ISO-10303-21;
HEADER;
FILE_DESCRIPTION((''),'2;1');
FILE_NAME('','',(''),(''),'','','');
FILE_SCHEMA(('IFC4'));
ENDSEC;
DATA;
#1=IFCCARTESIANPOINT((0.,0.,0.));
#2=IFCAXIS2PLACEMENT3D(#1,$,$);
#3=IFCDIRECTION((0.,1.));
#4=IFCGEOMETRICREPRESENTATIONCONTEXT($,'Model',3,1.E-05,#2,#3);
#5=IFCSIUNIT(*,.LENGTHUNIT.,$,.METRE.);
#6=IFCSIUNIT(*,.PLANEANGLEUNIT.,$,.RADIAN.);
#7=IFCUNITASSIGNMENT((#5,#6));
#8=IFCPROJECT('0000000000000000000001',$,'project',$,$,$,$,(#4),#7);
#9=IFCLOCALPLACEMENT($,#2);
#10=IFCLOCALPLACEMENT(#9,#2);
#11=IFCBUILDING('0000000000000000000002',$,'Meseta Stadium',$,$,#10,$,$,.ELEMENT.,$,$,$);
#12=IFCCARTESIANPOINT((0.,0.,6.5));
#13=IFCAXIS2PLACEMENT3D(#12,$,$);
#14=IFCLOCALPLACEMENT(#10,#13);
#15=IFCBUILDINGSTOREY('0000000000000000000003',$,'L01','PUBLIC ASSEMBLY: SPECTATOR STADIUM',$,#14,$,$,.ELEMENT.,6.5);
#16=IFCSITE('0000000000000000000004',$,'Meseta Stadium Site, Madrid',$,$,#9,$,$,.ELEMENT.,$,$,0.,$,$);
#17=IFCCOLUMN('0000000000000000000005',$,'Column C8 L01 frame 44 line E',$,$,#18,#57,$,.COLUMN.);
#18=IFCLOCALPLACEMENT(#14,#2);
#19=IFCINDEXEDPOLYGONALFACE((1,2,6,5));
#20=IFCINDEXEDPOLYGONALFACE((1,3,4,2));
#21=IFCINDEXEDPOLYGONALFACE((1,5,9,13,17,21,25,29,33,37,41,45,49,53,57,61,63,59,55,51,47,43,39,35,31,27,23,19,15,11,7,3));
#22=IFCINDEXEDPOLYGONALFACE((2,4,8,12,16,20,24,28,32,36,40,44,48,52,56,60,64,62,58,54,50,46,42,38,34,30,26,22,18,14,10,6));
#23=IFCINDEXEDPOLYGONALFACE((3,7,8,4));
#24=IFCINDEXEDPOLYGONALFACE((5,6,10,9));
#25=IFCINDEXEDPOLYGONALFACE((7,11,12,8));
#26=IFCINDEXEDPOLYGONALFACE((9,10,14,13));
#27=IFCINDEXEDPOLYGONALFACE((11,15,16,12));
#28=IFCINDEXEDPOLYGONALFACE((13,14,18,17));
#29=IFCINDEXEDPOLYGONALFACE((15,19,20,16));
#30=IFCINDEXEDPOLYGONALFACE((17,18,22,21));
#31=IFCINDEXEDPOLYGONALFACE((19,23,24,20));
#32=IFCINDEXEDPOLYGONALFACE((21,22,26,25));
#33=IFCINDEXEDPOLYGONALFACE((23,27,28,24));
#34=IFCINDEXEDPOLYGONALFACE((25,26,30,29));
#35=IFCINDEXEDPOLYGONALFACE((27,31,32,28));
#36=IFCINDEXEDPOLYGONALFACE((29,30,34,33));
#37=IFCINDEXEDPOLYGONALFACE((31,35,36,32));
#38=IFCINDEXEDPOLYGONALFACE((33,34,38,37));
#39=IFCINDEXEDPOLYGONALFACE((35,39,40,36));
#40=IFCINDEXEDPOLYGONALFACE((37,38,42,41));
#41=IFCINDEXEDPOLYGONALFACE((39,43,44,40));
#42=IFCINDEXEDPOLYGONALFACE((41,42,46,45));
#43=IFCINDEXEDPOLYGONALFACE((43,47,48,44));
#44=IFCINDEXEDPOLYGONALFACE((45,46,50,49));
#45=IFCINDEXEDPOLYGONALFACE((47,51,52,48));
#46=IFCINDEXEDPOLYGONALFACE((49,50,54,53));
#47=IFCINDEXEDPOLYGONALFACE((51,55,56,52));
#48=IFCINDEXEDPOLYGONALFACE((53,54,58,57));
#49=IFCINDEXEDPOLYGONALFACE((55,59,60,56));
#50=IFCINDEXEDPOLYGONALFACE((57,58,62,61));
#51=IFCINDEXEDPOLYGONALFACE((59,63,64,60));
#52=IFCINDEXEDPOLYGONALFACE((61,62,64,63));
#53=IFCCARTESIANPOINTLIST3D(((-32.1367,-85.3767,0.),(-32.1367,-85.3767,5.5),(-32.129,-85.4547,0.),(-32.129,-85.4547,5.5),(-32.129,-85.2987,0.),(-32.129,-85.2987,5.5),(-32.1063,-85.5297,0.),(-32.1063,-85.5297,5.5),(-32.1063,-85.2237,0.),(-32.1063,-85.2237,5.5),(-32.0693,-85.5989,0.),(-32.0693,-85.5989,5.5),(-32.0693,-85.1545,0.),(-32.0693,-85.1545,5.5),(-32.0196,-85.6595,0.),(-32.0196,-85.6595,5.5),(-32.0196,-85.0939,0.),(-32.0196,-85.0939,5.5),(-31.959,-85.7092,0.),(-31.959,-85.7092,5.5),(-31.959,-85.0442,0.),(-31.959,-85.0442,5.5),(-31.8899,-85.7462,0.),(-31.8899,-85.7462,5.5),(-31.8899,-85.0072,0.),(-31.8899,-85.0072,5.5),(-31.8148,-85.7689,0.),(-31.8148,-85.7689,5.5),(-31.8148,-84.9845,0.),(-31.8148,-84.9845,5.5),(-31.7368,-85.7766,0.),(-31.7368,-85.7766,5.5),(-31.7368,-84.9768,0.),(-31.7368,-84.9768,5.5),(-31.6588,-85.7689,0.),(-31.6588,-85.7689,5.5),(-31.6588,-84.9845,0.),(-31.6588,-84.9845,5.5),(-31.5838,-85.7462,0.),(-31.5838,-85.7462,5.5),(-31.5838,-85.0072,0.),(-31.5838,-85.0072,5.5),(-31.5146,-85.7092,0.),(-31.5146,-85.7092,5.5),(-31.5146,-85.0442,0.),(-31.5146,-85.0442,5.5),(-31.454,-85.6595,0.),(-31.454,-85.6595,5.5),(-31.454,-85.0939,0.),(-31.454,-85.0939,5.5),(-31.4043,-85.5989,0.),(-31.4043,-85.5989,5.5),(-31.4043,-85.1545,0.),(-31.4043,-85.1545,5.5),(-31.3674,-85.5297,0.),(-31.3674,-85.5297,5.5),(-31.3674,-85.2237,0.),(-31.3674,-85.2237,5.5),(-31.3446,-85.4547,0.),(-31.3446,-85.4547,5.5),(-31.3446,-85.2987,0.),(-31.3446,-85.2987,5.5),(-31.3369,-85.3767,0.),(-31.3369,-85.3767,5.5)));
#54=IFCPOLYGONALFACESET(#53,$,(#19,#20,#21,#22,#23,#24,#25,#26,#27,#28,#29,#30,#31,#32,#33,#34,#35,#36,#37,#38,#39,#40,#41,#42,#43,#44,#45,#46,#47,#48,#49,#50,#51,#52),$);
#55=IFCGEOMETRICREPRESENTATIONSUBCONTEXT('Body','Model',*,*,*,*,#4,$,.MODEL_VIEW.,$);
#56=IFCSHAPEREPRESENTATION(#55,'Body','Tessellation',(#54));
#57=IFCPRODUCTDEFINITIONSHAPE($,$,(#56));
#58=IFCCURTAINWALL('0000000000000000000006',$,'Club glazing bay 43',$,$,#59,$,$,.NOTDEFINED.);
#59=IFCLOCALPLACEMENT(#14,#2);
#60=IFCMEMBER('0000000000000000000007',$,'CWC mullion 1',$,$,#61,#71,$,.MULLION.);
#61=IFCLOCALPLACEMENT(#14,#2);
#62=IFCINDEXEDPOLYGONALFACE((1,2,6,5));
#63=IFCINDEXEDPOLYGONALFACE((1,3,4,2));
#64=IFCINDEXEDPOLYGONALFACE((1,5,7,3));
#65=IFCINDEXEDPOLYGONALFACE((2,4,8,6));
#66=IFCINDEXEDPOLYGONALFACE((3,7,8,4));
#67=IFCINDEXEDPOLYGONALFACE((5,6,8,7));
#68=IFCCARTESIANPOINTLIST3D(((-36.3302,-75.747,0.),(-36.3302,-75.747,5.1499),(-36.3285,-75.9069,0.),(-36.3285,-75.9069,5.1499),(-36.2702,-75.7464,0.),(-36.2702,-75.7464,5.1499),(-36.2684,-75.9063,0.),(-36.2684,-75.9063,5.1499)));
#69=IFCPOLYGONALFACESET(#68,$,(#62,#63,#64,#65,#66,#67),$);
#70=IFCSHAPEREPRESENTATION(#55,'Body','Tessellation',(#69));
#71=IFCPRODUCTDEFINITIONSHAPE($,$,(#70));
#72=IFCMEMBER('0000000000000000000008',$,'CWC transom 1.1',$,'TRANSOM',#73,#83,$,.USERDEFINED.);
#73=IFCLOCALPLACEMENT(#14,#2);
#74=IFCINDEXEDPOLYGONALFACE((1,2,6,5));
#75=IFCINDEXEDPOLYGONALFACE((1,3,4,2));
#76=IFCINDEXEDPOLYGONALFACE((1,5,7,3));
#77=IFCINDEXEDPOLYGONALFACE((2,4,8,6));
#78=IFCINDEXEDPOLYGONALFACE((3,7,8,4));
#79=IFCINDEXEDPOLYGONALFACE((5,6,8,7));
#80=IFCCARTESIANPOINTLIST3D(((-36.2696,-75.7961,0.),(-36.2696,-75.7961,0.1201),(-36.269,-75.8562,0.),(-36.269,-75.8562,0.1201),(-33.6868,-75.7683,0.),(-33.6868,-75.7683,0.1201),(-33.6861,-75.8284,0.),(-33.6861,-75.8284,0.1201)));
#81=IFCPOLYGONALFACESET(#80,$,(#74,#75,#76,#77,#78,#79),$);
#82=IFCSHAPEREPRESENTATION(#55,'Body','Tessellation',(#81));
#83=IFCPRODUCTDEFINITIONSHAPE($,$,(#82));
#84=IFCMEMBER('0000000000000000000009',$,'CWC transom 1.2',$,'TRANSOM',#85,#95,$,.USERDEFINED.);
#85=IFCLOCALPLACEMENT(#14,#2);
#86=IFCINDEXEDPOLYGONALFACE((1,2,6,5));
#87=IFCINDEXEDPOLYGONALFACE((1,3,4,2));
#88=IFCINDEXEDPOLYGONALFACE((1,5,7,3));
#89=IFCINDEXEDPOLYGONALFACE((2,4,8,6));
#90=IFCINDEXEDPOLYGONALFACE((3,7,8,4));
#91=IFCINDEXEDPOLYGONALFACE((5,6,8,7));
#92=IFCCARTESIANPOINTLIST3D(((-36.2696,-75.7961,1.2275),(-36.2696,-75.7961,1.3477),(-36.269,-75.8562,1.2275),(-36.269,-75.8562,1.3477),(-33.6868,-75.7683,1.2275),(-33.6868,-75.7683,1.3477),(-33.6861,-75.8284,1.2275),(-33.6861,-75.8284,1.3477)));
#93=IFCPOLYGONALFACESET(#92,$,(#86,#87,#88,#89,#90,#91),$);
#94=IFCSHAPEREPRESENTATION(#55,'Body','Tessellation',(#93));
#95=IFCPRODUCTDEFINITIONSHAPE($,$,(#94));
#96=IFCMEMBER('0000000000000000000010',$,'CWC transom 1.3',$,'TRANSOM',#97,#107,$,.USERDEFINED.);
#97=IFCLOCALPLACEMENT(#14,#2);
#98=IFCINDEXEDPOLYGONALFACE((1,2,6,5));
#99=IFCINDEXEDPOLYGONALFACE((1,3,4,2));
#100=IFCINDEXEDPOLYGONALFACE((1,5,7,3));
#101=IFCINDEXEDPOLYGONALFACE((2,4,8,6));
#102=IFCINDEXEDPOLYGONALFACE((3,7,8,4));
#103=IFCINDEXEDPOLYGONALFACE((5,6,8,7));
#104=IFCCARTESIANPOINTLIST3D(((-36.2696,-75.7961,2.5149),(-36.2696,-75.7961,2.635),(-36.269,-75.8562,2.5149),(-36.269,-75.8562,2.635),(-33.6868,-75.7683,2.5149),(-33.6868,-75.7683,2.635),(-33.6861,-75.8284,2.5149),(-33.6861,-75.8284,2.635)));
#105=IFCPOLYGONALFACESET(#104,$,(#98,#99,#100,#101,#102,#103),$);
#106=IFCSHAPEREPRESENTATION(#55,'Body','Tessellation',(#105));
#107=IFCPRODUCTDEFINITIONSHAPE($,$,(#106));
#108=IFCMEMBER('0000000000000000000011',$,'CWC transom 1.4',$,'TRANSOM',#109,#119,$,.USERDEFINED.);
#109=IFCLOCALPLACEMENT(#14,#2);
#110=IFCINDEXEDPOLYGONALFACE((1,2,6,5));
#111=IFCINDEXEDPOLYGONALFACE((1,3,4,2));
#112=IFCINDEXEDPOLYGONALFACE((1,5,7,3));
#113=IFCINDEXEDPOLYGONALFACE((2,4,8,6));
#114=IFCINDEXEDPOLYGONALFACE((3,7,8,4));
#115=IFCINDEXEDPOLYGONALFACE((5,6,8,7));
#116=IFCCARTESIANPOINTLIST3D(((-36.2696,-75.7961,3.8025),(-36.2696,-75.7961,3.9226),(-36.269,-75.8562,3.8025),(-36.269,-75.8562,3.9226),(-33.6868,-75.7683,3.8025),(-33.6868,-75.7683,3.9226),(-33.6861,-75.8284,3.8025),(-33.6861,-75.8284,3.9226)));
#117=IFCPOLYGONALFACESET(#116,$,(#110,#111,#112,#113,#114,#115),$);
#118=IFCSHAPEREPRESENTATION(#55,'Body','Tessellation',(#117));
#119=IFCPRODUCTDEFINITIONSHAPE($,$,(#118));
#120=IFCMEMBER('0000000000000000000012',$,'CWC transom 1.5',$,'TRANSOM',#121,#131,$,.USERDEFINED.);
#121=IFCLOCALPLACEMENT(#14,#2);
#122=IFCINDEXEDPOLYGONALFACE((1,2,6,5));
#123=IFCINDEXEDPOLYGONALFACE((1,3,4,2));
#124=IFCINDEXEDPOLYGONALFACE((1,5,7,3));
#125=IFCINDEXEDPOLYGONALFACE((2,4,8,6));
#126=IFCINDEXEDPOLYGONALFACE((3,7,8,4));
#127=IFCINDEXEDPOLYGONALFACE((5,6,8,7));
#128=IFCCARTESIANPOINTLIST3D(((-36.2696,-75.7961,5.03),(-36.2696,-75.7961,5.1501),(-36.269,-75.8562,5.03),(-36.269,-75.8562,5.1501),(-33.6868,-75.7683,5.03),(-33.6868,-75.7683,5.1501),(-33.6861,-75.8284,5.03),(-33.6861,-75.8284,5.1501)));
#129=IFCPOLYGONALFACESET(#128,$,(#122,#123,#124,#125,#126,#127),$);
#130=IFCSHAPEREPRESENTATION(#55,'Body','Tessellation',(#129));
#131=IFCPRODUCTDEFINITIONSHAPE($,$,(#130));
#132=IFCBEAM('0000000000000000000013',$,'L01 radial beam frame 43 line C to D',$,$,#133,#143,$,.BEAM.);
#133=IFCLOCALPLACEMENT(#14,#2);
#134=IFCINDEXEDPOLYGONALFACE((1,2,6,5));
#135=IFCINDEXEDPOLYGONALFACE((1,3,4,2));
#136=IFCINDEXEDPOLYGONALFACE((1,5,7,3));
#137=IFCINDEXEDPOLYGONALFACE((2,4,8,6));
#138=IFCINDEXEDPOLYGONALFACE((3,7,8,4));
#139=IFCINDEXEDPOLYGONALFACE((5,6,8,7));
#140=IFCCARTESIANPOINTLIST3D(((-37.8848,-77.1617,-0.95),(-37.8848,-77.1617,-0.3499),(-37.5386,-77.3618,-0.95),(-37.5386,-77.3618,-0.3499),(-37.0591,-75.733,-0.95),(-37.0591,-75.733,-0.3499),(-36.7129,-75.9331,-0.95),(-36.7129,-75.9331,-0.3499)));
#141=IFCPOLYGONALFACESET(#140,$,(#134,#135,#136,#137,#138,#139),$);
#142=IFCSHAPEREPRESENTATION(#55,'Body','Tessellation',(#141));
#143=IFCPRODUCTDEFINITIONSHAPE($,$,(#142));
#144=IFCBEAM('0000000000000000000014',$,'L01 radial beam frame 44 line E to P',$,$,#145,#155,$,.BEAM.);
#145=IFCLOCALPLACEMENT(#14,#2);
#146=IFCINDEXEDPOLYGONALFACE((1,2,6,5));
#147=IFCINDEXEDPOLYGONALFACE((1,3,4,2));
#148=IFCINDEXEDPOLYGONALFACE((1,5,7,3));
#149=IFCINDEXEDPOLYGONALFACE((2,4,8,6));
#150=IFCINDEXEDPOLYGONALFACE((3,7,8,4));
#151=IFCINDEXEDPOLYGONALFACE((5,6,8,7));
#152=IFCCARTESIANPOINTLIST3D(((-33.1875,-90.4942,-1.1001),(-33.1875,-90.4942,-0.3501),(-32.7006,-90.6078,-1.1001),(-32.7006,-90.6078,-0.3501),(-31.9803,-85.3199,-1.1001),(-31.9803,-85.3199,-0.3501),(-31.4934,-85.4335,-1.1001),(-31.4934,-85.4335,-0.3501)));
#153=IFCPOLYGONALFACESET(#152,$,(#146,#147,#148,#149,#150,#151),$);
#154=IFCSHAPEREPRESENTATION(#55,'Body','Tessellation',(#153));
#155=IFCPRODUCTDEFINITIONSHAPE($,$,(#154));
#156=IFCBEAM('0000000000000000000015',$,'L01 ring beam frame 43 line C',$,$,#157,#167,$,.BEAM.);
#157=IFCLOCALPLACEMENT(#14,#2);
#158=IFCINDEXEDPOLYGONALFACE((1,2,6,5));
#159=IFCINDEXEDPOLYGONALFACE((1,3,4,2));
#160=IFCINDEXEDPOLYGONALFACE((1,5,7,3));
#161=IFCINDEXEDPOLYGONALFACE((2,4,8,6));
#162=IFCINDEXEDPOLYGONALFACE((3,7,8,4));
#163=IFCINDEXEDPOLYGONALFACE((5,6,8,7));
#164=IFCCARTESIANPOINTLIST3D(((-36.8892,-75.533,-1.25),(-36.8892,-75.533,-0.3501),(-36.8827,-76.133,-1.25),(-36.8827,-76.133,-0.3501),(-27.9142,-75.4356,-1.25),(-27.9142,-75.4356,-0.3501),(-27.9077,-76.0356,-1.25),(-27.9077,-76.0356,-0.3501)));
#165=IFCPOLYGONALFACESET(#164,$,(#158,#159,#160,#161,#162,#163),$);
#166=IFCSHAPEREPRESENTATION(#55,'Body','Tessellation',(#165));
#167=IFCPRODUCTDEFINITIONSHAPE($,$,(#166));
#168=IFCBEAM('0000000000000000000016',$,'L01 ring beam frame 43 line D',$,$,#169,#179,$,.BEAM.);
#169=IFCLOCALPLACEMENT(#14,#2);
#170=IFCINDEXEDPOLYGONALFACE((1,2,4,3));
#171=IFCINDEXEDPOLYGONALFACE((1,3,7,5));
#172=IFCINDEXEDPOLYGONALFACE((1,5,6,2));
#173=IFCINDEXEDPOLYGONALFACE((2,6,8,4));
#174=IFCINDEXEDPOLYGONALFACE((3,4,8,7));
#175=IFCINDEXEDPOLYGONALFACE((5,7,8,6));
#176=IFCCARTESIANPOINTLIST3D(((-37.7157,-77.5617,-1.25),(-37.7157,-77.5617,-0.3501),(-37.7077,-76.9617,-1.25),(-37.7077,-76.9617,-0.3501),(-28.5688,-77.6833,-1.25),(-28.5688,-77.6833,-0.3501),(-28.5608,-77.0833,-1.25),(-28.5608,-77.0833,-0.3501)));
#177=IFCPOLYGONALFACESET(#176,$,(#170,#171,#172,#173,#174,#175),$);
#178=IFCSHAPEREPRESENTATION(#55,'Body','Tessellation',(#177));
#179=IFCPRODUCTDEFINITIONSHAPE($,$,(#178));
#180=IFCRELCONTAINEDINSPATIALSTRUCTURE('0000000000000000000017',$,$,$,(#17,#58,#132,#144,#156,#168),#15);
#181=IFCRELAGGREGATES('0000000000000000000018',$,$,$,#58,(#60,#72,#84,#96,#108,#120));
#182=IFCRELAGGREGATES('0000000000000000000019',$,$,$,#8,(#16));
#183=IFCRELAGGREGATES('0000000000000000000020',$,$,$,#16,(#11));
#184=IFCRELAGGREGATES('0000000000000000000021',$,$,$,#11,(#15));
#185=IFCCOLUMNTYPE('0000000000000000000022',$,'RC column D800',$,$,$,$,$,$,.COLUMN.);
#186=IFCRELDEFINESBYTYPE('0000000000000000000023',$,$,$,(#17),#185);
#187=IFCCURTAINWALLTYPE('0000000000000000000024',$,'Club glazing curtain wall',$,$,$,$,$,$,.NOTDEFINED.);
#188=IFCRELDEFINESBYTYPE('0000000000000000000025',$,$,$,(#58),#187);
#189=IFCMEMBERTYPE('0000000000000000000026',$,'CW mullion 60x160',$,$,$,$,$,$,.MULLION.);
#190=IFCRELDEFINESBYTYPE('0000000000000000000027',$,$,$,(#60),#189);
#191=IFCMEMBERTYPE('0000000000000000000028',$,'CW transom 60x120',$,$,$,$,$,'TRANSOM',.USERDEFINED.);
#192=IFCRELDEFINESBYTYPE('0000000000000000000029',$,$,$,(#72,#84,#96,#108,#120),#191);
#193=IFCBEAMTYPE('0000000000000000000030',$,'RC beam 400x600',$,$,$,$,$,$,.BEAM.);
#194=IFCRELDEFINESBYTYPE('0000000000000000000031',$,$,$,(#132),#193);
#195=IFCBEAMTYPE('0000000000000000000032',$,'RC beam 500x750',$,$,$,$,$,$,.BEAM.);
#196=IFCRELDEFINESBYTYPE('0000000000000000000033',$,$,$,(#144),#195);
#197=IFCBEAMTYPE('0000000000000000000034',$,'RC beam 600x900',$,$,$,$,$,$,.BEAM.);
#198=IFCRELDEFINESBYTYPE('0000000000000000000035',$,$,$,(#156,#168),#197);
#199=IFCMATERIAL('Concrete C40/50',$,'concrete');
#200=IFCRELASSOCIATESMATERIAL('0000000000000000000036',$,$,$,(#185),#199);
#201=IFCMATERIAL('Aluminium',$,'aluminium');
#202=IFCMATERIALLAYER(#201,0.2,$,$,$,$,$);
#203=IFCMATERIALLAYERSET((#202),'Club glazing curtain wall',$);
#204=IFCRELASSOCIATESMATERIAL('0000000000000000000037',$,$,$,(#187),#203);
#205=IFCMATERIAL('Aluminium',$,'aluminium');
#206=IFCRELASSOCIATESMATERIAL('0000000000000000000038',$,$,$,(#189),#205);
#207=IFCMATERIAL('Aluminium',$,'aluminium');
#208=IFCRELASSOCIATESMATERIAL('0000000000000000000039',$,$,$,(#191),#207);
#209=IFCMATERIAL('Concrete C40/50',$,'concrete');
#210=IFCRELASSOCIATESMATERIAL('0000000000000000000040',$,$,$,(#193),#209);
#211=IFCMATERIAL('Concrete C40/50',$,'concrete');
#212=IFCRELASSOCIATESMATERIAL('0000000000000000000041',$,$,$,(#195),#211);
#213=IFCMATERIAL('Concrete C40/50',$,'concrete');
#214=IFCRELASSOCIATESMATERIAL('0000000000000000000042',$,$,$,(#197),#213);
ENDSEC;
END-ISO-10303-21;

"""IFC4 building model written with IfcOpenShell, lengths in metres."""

from ifc_helpers import new_model, si_unit, direction, frame, origin, origin_2d, place, context, subcontext, project, spatial, rectangle, circle, extrude, material, layer, layer_set, material_profile, profile_set, type_object, element, aggregate, save


model = new_model("IFC4")

# Units and contexts
model_context = context("Model", 3, precision=1e-05, world=origin(), true_north=direction((0.0, 1.0)))
body_context = subcontext(model_context, "Body", "Model", "MODEL_VIEW")
ifc_project = project(units=[si_unit("LENGTHUNIT", "METRE"), si_unit("PLANEANGLEUNIT", "RADIAN")], contexts=[model_context])

# Site, building, storey
site_placement = place(None, origin())
site = spatial("IfcSite", under=ifc_project, at=site_placement, Name="Meseta Stadium Site, Madrid", CompositionType="ELEMENT", RefElevation=0.0)
building_placement = place(site_placement, origin())
building = spatial("IfcBuilding", under=site, at=building_placement, Name="Meseta Stadium", CompositionType="ELEMENT")
storey_placement = place(building_placement, frame((0.0, 0.0, 6.5)))
storey = spatial("IfcBuildingStorey", under=building, at=storey_placement, Name="L01", Description="PUBLIC ASSEMBLY: SPECTATOR STADIUM", CompositionType="ELEMENT", Elevation=6.5)

# Column
ifc_material_1 = material(Name="Concrete C40/50", Category="concrete")
ifc_material_profile_1 = material_profile(ifc_material_1, circle(Radius=0.3999, at=origin_2d()), Name="RC D800")
ifc_profile_set_1 = profile_set([ifc_material_profile_1], Name="Concrete C40/50")
column_type_1 = type_object("IfcColumnType", Name="RC column D800", PredefinedType="COLUMN", material=ifc_profile_set_1)
for number, where, z_axis, x_axis, name in (
    (1, (-31.7368, -85.3767, 0.0), (0.0, 0.0, 1.0), (1.0, 0.0, 0.0), "Column C8 L01 frame 44 line E"),
):
    element("IfcColumn", number, at=place(storey_placement, frame(where, z_axis=z_axis, x_axis=x_axis)), inside=storey, type_object=column_type_1, Name=name, PredefinedType="COLUMN", context=body_context, shape_type="SweptSolid", body=[
        extrude(circle(Radius=0.3999, at=origin_2d()), origin(), (0.0, 0.0, 1.0), 5.5),
    ])

# Curtain wall, members
ifc_material_2 = material(Name="Aluminium", Category="aluminium")
ifc_layer_1 = layer(ifc_material_2, 0.2)
ifc_layer_set_1 = layer_set([ifc_layer_1], Name="Club glazing curtain wall")
curtain_wall_type = type_object("IfcCurtainWallType", Name="Club glazing curtain wall", PredefinedType="NOTDEFINED", material=ifc_layer_set_1)
curtain_wall_placement = place(storey_placement, origin())
curtain_wall = element("IfcCurtainWall", 2, at=curtain_wall_placement, inside=storey, type_object=curtain_wall_type, Name="Club glazing bay 43", PredefinedType="NOTDEFINED")
ifc_material_3 = material(Name="Aluminium", Category="aluminium")
ifc_material_profile_2 = material_profile(ifc_material_3, rectangle(XDim=0.1599, YDim=0.0601, at=origin_2d()), Name="CW 160x60")
ifc_profile_set_2 = profile_set([ifc_material_profile_2], Name="Aluminium")
member_type_1 = type_object("IfcMemberType", Name="CW mullion 60x160", PredefinedType="MULLION", material=ifc_profile_set_2)
member_1_placement = place(storey_placement, frame((-36.2993, -75.8267, 0.0), z_axis=(0.0, 0.0, 1.0), x_axis=(-0.010843, 0.999941, 0.0)))
member_1 = element("IfcMember", 3, at=member_1_placement, type_object=member_type_1, Name="CWC mullion 1", PredefinedType="MULLION", context=body_context, shape_type="SweptSolid", body=[
    extrude(rectangle(XDim=0.1599, YDim=0.0601, at=origin_2d()), origin(), (0.0, 0.0, 1.0), 5.1499),
])
ifc_material_4 = material(Name="Aluminium", Category="aluminium")
ifc_material_profile_3 = material_profile(ifc_material_4, rectangle(XDim=0.0601, YDim=0.1201, at=origin_2d()), Name="CW 60x120")
ifc_profile_set_3 = profile_set([ifc_material_profile_3], Name="Aluminium")
member_type_2 = type_object("IfcMemberType", Name="CW transom 60x120", ElementType="TRANSOM", PredefinedType="USERDEFINED", material=ifc_profile_set_3)
member_2_placement = place(storey_placement, frame((-36.2693, -75.8262, 0.0601), z_axis=(0.999942, 0.010775, 0.0), x_axis=(-0.010775, 0.999942, 0.0)))
member_2 = element("IfcMember", 4, at=member_2_placement, type_object=member_type_2, Name="CWC transom 1.1", ObjectType="TRANSOM", PredefinedType="USERDEFINED", context=body_context, shape_type="SweptSolid", body=[
    extrude(rectangle(XDim=0.0601, YDim=0.1201, at=origin_2d()), origin(), (0.0, 0.0, 1.0), 2.583),
])
member_3_placement = place(storey_placement, frame((-36.2693, -75.8262, 1.2876), z_axis=(0.999942, 0.010775, 0.0), x_axis=(-0.010775, 0.999942, 0.0)))
member_3 = element("IfcMember", 5, at=member_3_placement, type_object=member_type_2, Name="CWC transom 1.2", ObjectType="TRANSOM", PredefinedType="USERDEFINED", context=body_context, shape_type="SweptSolid", body=[
    extrude(rectangle(XDim=0.0601, YDim=0.1201, at=origin_2d()), origin(), (0.0, 0.0, 1.0), 2.583),
])
member_4_placement = place(storey_placement, frame((-36.2693, -75.8262, 2.575), z_axis=(0.999942, 0.010775, 0.0), x_axis=(-0.010775, 0.999942, 0.0)))
member_4 = element("IfcMember", 6, at=member_4_placement, type_object=member_type_2, Name="CWC transom 1.3", ObjectType="TRANSOM", PredefinedType="USERDEFINED", context=body_context, shape_type="SweptSolid", body=[
    extrude(rectangle(XDim=0.0601, YDim=0.1201, at=origin_2d()), origin(), (0.0, 0.0, 1.0), 2.583),
])
member_5_placement = place(storey_placement, frame((-36.2693, -75.8262, 3.8625), z_axis=(0.999942, 0.010775, 0.0), x_axis=(-0.010775, 0.999942, 0.0)))
member_5 = element("IfcMember", 7, at=member_5_placement, type_object=member_type_2, Name="CWC transom 1.4", ObjectType="TRANSOM", PredefinedType="USERDEFINED", context=body_context, shape_type="SweptSolid", body=[
    extrude(rectangle(XDim=0.0601, YDim=0.1201, at=origin_2d()), origin(), (0.0, 0.0, 1.0), 2.583),
])
member_6_placement = place(storey_placement, frame((-36.2693, -75.8262, 5.0901), z_axis=(0.999942, 0.010775, 0.0), x_axis=(-0.010775, 0.999942, 0.0)))
member_6 = element("IfcMember", 8, at=member_6_placement, type_object=member_type_2, Name="CWC transom 1.5", ObjectType="TRANSOM", PredefinedType="USERDEFINED", context=body_context, shape_type="SweptSolid", body=[
    extrude(rectangle(XDim=0.0601, YDim=0.1201, at=origin_2d()), origin(), (0.0, 0.0, 1.0), 2.583),
])

# Beams
ifc_material_5 = material(Name="Concrete C40/50", Category="concrete")
ifc_material_profile_4 = material_profile(ifc_material_5, rectangle(XDim=0.3999, YDim=0.6001, at=origin_2d()), Name="RC 400x600")
ifc_profile_set_4 = profile_set([ifc_material_profile_4], Name="Concrete C40/50")
beam_type_1 = type_object("IfcBeamType", Name="RC beam 400x600", PredefinedType="BEAM", material=ifc_profile_set_4)
beam_1_placement = place(storey_placement, frame((-36.886, -75.833, -0.6499), z_axis=(-0.500371, -0.865811, 0.0), x_axis=(0.865811, -0.500371, 0.0)))
element("IfcBeam", 9, at=beam_1_placement, inside=storey, type_object=beam_type_1, Name="L01 radial beam frame 43 line C to D", PredefinedType="BEAM", context=body_context, shape_type="SweptSolid", body=[
    extrude(rectangle(XDim=0.3999, YDim=0.6001, at=origin_2d()), origin(), (0.0, 0.0, 1.0), 1.6501),
])
ifc_material_6 = material(Name="Concrete C40/50", Category="concrete")
ifc_material_profile_5 = material_profile(ifc_material_6, rectangle(XDim=0.5, YDim=0.75, at=origin_2d()), Name="RC 500x750")
ifc_profile_set_5 = profile_set([ifc_material_profile_5], Name="Concrete C40/50")
beam_type_2 = type_object("IfcBeamType", Name="RC beam 500x750", PredefinedType="BEAM", material=ifc_profile_set_5)
beam_2_placement = place(storey_placement, frame((-31.7368, -85.3767, -0.7251), z_axis=(-0.227218, -0.973844, 0.0), x_axis=(0.973844, -0.227218, 0.0)))
element("IfcBeam", 10, at=beam_2_placement, inside=storey, type_object=beam_type_2, Name="L01 radial beam frame 44 line E to P", PredefinedType="BEAM", context=body_context, shape_type="SweptSolid", body=[
    extrude(rectangle(XDim=0.5, YDim=0.75, at=origin_2d()), origin(), (0.0, 0.0, 1.0), 5.3132),
])
ifc_material_7 = material(Name="Concrete C40/50", Category="concrete")
ifc_material_profile_6 = material_profile(ifc_material_7, rectangle(XDim=0.6001, YDim=0.8999, at=origin_2d()), Name="RC 600x900")
ifc_profile_set_6 = profile_set([ifc_material_profile_6], Name="Concrete C40/50")
beam_type_3 = type_object("IfcBeamType", Name="RC beam 600x900", PredefinedType="BEAM", material=ifc_profile_set_6)
beam_3_placement = place(storey_placement, frame((-36.886, -75.833, -0.8), z_axis=(0.999941, 0.010853, 0.0), x_axis=(-0.010853, 0.999941, 0.0)))
element("IfcBeam", 11, at=beam_3_placement, inside=storey, type_object=beam_type_3, Name="L01 ring beam frame 43 line C", PredefinedType="BEAM", context=body_context, shape_type="SweptSolid", body=[
    extrude(rectangle(XDim=0.6001, YDim=0.8999, at=origin_2d()), origin(), (0.0, 0.0, 1.0), 8.9756),
])
beam_4_placement = place(storey_placement, frame((-37.7117, -77.2617, -0.8), z_axis=(0.999912, -0.013291, 0.0), x_axis=(0.013291, 0.999912, 0.0)))
element("IfcBeam", 12, at=beam_4_placement, inside=storey, type_object=beam_type_3, Name="L01 ring beam frame 43 line D", PredefinedType="BEAM", context=body_context, shape_type="SweptSolid", body=[
    extrude(rectangle(XDim=0.6001, YDim=0.8999, at=origin_2d()), origin(), (0.0, 0.0, 1.0), 9.1477),
])

aggregate(curtain_wall, [member_1, member_2, member_3, member_4, member_5, member_6])

save(model, "model.ifc")
